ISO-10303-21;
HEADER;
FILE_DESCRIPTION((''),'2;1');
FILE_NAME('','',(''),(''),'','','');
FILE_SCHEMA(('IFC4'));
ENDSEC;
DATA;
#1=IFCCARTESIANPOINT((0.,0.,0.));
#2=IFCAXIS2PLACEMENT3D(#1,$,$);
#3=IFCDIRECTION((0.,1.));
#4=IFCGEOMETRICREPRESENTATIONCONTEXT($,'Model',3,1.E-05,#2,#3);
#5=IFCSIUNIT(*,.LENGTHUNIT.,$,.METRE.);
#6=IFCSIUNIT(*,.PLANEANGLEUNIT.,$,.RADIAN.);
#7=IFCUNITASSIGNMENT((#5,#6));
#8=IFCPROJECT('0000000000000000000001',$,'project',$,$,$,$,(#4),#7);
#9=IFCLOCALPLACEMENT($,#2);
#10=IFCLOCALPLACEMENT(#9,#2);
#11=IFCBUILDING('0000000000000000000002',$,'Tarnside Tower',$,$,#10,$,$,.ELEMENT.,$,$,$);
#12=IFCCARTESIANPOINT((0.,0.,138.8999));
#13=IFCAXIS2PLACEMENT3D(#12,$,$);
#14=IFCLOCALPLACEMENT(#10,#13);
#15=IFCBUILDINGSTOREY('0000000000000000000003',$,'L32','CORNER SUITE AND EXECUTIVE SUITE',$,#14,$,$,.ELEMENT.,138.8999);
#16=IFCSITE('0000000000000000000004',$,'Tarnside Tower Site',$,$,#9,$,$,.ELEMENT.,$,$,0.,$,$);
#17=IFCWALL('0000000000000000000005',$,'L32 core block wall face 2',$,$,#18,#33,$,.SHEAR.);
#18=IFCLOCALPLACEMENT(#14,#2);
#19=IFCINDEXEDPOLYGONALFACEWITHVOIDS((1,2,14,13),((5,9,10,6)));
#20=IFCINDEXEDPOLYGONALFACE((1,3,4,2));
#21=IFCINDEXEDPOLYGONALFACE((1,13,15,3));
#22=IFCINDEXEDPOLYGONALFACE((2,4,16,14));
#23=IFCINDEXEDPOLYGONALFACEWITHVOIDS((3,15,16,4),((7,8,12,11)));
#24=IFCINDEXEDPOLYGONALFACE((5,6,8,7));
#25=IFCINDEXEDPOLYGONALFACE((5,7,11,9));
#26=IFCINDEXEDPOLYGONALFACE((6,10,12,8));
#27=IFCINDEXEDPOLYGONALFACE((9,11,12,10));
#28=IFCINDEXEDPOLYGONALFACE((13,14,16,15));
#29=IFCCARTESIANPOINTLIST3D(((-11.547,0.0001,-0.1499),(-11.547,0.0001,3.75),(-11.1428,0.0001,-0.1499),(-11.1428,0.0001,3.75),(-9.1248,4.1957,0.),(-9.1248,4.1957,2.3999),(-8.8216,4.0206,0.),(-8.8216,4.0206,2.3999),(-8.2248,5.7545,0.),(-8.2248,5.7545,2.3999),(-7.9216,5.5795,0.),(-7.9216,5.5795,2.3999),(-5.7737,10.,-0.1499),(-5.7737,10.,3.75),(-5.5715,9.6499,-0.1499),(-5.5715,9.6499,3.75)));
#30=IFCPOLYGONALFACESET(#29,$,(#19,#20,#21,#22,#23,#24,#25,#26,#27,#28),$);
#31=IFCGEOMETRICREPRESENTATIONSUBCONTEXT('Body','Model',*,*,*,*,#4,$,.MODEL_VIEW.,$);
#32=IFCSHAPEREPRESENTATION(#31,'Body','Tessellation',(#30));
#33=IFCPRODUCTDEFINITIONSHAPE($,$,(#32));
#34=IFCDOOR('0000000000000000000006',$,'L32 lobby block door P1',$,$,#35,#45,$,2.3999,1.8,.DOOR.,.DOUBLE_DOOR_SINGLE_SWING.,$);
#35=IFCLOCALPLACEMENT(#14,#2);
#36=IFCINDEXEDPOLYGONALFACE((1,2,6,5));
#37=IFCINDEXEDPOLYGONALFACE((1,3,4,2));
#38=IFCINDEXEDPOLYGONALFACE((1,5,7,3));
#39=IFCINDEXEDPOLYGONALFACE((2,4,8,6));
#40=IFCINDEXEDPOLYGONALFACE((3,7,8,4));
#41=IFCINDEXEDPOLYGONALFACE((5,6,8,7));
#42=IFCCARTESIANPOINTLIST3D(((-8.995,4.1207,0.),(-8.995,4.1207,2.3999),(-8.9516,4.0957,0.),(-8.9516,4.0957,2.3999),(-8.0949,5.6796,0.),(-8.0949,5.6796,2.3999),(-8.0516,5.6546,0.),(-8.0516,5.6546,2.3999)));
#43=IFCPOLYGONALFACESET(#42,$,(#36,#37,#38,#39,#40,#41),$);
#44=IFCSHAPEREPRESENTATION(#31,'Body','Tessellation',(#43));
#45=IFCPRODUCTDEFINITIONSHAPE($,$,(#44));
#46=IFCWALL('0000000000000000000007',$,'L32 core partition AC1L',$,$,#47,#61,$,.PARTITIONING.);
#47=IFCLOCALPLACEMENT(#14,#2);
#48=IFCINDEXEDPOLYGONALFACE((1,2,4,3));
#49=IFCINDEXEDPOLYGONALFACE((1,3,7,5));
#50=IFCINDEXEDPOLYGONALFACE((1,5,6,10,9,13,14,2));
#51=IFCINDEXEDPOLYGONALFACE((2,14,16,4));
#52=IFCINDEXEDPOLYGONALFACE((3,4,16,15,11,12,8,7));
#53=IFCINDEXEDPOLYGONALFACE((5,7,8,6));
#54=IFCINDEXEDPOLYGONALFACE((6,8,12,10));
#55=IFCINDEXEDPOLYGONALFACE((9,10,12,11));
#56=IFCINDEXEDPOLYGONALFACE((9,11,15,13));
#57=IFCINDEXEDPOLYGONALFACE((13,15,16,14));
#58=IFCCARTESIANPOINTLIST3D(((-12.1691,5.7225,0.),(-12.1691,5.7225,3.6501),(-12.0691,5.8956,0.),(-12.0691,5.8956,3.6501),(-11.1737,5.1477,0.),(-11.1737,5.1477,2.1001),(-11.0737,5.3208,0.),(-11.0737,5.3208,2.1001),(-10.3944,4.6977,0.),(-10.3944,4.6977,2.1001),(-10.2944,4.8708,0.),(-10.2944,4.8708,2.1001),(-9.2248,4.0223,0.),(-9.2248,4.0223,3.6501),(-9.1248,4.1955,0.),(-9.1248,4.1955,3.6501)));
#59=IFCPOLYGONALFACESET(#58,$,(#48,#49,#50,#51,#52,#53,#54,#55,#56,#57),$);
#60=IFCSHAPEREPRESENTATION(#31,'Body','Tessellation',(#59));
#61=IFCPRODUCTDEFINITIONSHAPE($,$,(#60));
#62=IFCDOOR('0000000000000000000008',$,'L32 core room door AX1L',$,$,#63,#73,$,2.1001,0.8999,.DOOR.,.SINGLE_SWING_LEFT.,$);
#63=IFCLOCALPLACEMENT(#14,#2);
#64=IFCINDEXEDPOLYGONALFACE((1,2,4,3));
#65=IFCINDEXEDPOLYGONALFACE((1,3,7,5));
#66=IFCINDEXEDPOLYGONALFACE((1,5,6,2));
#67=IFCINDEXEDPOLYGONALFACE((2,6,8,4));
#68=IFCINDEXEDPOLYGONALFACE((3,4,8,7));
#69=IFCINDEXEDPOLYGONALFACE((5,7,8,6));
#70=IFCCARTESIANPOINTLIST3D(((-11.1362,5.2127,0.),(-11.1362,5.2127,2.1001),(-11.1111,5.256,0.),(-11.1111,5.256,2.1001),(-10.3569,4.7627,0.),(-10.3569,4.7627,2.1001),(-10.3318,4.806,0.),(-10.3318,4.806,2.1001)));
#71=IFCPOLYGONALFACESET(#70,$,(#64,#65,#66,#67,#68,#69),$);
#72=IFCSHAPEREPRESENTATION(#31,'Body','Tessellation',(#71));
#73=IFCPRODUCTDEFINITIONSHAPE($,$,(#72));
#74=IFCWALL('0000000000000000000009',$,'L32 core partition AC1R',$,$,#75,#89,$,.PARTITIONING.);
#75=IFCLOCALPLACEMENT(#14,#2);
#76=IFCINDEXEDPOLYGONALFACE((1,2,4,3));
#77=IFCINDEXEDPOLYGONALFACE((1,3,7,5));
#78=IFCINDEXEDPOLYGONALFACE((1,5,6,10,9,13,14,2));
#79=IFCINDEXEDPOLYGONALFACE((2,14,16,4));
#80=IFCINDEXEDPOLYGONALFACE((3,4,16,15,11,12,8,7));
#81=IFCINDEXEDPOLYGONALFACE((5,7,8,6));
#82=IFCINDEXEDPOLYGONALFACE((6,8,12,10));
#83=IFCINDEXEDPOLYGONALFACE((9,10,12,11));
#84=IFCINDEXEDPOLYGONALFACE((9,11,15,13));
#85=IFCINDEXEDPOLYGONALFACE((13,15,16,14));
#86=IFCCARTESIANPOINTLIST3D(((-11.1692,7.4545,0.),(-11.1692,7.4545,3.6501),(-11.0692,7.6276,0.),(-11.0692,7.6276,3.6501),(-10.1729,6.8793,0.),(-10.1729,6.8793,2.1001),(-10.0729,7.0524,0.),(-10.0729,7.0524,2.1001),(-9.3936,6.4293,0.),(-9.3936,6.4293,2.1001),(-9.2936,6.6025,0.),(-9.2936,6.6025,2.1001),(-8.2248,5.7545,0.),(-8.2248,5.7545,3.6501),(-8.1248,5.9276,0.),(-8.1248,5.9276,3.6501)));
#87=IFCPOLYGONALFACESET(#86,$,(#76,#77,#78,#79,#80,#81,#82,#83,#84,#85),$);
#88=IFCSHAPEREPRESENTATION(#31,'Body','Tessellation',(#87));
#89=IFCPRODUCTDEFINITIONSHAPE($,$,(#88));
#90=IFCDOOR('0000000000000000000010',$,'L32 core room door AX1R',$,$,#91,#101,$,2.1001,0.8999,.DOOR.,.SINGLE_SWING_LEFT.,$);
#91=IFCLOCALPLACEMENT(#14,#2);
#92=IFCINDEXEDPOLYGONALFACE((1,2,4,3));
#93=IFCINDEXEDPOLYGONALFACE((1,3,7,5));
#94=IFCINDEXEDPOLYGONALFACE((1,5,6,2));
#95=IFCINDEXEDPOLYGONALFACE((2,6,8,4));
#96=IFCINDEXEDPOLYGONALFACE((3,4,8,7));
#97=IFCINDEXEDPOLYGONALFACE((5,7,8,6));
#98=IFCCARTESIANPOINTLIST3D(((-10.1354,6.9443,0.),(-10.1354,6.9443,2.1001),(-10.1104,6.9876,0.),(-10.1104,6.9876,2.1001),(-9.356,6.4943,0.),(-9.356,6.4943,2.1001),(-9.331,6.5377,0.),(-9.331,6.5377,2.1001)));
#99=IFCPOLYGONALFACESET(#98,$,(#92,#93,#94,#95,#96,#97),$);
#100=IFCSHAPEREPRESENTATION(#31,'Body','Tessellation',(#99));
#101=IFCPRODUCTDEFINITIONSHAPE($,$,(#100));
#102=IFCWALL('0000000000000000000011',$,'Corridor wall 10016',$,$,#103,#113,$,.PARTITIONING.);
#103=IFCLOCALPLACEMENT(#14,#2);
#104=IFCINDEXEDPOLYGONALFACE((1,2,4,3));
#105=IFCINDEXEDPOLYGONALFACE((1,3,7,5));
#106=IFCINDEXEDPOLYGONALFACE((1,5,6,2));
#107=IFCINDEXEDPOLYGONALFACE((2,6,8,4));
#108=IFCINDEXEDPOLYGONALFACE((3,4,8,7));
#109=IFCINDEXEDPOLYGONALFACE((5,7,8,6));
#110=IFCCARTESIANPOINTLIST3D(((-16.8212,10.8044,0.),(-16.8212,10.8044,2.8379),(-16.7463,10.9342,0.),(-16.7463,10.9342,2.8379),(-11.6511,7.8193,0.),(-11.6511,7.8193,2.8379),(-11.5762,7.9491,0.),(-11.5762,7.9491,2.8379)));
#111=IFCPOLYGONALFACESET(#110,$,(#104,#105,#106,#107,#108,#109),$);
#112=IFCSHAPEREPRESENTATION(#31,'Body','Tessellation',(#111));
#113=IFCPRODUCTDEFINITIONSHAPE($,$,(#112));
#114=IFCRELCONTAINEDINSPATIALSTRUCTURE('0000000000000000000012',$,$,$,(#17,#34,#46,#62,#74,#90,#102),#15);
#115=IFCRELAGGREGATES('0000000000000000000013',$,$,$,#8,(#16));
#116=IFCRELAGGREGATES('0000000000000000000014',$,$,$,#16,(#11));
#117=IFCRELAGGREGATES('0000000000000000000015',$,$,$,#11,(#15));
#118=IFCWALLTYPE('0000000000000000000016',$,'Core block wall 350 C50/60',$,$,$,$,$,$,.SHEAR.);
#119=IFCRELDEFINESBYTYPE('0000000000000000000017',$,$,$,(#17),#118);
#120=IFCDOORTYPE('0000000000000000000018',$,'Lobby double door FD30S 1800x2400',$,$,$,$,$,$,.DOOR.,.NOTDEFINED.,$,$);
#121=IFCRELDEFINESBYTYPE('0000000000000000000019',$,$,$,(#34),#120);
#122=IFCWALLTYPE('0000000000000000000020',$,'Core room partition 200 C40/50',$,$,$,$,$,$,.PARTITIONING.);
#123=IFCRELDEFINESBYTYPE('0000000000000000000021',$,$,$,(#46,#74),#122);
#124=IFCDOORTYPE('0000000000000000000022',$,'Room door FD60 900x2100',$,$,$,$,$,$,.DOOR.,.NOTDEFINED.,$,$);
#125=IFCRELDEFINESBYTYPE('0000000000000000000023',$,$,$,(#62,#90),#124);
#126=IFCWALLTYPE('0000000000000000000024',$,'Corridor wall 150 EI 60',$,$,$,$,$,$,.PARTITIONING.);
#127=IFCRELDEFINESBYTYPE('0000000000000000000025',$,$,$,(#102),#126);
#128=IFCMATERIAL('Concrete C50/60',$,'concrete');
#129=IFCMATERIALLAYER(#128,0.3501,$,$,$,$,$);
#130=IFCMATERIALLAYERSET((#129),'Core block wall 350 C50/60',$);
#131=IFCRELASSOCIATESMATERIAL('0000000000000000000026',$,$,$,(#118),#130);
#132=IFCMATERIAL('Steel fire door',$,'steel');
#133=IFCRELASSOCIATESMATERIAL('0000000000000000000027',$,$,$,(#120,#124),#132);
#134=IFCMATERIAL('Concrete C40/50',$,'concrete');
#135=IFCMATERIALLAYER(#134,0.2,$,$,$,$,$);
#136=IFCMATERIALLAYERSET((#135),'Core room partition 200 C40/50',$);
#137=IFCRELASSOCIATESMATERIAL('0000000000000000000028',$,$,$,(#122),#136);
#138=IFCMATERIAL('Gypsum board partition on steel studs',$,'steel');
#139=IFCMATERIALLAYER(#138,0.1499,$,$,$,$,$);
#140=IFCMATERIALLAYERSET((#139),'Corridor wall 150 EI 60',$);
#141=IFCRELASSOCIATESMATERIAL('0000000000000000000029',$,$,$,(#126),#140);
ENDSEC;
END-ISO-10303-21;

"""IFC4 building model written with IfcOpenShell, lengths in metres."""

from ifc_helpers import new_model, si_unit, direction, frame, frame_2d, origin, place, context, subcontext, project, spatial, polyline, rectangle, outline, extrude, material, layer, layer_set, type_object, element, fill, save


model = new_model("IFC4")

# Units and contexts
model_context = context("Model", 3, precision=1e-05, world=origin(), true_north=direction((0.0, 1.0)))
body_context = subcontext(model_context, "Body", "Model", "MODEL_VIEW")
ifc_project = project(units=[si_unit("LENGTHUNIT", "METRE"), si_unit("PLANEANGLEUNIT", "RADIAN")], contexts=[model_context])

# Site, building, storey
site_placement = place(None, origin())
site = spatial("IfcSite", under=ifc_project, at=site_placement, Name="Tarnside Tower Site", CompositionType="ELEMENT", RefElevation=0.0)
building_placement = place(site_placement, origin())
building = spatial("IfcBuilding", under=site, at=building_placement, Name="Tarnside Tower", CompositionType="ELEMENT")
storey_placement = place(building_placement, frame((0.0, 0.0, 138.8999)))
storey = spatial("IfcBuildingStorey", under=building, at=storey_placement, Name="L32", Description="CORNER SUITE AND EXECUTIVE SUITE", CompositionType="ELEMENT", Elevation=138.8999)

# Walls, openings, doors
ifc_material_1 = material(Name="Concrete C50/60", Category="concrete")
ifc_layer_1 = layer(ifc_material_1, 0.3501)
ifc_layer_set_1 = layer_set([ifc_layer_1], Name="Core block wall 350 C50/60")
wall_type_1 = type_object("IfcWallType", Name="Core block wall 350 C50/60", PredefinedType="SHEAR", material=ifc_layer_set_1)
wall_1_placement = place(storey_placement, frame((-5.6726, 9.825, -0.1499), z_axis=(0.0, 0.0, 1.0), x_axis=(-0.499995, -0.866028, 0.0)))
wall_1 = element("IfcWall", 1, at=wall_1_placement, inside=storey, type_object=wall_type_1, Name="L32 core block wall face 2", PredefinedType="SHEAR", context=body_context, shape_type="SweptSolid", body=[
    extrude(outline(polyline([(-0.1011, -0.175), (11.4458, -0.175), (11.2437, 0.175), (0.1011, 0.175), (-0.1011, -0.175)])), origin(), (0.0, 0.0, 1.0), 3.8999),
])
opening_1_placement = place(wall_1_placement, frame((4.8013, 0.0, 0.1499)))
opening_1 = element("IfcOpeningElement", 2, at=opening_1_placement, cuts=wall_1, PredefinedType="OPENING", context=body_context, shape_type="SweptSolid", body=[
    extrude(rectangle(XDim=1.8, YDim=2.3999, at=frame_2d((0.8999, 1.2))), frame((0.0, 0.1851, 0.0), z_axis=(0.0, -1.0, 0.0), x_axis=(1.0, 0.0, 0.0)), (0.0, 0.0, 1.0), 0.3701),
])
ifc_material_2 = material(Name="Steel fire door", Category="steel")
door_type_1 = type_object("IfcDoorType", Name="Lobby double door FD30S 1800x2400", OperationType="NOTDEFINED", PredefinedType="DOOR", material=ifc_material_2)
door_1_placement = place(opening_1_placement, origin())
door_1 = element("IfcDoor", 3, at=door_1_placement, inside=storey, type_object=door_type_1, Name="L32 lobby block door P1", OperationType="DOUBLE_DOOR_SINGLE_SWING", OverallHeight=2.3999, OverallWidth=1.8, PredefinedType="DOOR", context=body_context, shape_type="SweptSolid", body=[
    extrude(rectangle(XDim=1.8, YDim=2.3999, at=frame_2d((0.8999, 1.2))), frame((0.0, 0.0249, 0.0), z_axis=(0.0, -1.0, 0.0), x_axis=(1.0, 0.0, 0.0)), (0.0, 0.0, 1.0), 0.05),
])
fill(opening_1, door_1)
ifc_material_3 = material(Name="Concrete C40/50", Category="concrete")
ifc_layer_2 = layer(ifc_material_3, 0.2)
ifc_layer_set_2 = layer_set([ifc_layer_2], Name="Core room partition 200 C40/50")
wall_type_2 = type_object("IfcWallType", Name="Core room partition 200 C40/50", PredefinedType="PARTITIONING", material=ifc_layer_set_2)
wall_2_placement = place(storey_placement, frame((-9.1748, 4.1089, 0.0), z_axis=(0.0, 0.0, 1.0), x_axis=(-0.865989, 0.500062, 0.0)))
wall_2 = element("IfcWall", 4, at=wall_2_placement, inside=storey, type_object=wall_type_2, Name="L32 core partition AC1L", PredefinedType="PARTITIONING", context=body_context, shape_type="SweptSolid", body=[
    extrude(rectangle(XDim=3.3999, YDim=0.2, at=frame_2d((1.7, 0.0))), origin(), (0.0, 0.0, 1.0), 3.6501),
])
opening_2_placement = place(wall_2_placement, frame((1.3506, 0.0, 0.0)))
opening_2 = element("IfcOpeningElement", 5, at=opening_2_placement, cuts=wall_2, PredefinedType="OPENING", context=body_context, shape_type="SweptSolid", body=[
    extrude(rectangle(XDim=0.8999, YDim=2.1001, at=frame_2d((0.45, 1.05))), frame((0.0, 0.1099, 0.0), z_axis=(0.0, -1.0, 0.0), x_axis=(1.0, 0.0, 0.0)), (0.0, 0.0, 1.0), 0.22),
])
door_type_2 = type_object("IfcDoorType", Name="Room door FD60 900x2100", OperationType="NOTDEFINED", PredefinedType="DOOR", material=ifc_material_2)
door_2_placement = place(opening_2_placement, origin())
door_2 = element("IfcDoor", 6, at=door_2_placement, inside=storey, type_object=door_type_2, Name="L32 core room door AX1L", OperationType="SINGLE_SWING_LEFT", OverallHeight=2.1001, OverallWidth=0.8999, PredefinedType="DOOR", context=body_context, shape_type="SweptSolid", body=[
    extrude(rectangle(XDim=0.8999, YDim=2.1001, at=frame_2d((0.45, 1.05))), frame((0.0, 0.0249, 0.0), z_axis=(0.0, -1.0, 0.0), x_axis=(1.0, 0.0, 0.0)), (0.0, 0.0, 1.0), 0.05),
])
fill(opening_2, door_2)
wall_3_placement = place(storey_placement, frame((-8.1748, 5.8411, 0.0), z_axis=(0.0, 0.0, 1.0), x_axis=(-0.866021, 0.500008, 0.0)))
wall_3 = element("IfcWall", 7, at=wall_3_placement, inside=storey, type_object=wall_type_2, Name="L32 core partition AC1R", PredefinedType="PARTITIONING", context=body_context, shape_type="SweptSolid", body=[
    extrude(rectangle(XDim=3.3999, YDim=0.2, at=frame_2d((1.7, 0.0))), origin(), (0.0, 0.0, 1.0), 3.6501),
])
opening_3_placement = place(wall_3_placement, frame((1.3496, 0.0, 0.0)))
opening_3 = element("IfcOpeningElement", 8, at=opening_3_placement, cuts=wall_3, PredefinedType="OPENING", context=body_context, shape_type="SweptSolid", body=[
    extrude(rectangle(XDim=0.8999, YDim=2.1001, at=frame_2d((0.45, 1.05))), frame((0.0, 0.1099, 0.0), z_axis=(0.0, -1.0, 0.0), x_axis=(1.0, 0.0, 0.0)), (0.0, 0.0, 1.0), 0.22),
])
door_3_placement = place(opening_3_placement, origin())
door_3 = element("IfcDoor", 9, at=door_3_placement, inside=storey, type_object=door_type_2, Name="L32 core room door AX1R", OperationType="SINGLE_SWING_LEFT", OverallHeight=2.1001, OverallWidth=0.8999, PredefinedType="DOOR", context=body_context, shape_type="SweptSolid", body=[
    extrude(rectangle(XDim=0.8999, YDim=2.1001, at=frame_2d((0.45, 1.05))), frame((0.0, 0.0249, 0.0), z_axis=(0.0, -1.0, 0.0), x_axis=(1.0, 0.0, 0.0)), (0.0, 0.0, 1.0), 0.05),
])
fill(opening_3, door_3)

# Wall
ifc_material_4 = material(Name="Gypsum board partition on steel studs", Category="steel")
ifc_layer_3 = layer(ifc_material_4, 0.1499)
ifc_layer_set_3 = layer_set([ifc_layer_3], Name="Corridor wall 150 EI 60")
wall_type_3 = type_object("IfcWallType", Name="Corridor wall 150 EI 60", PredefinedType="PARTITIONING", material=ifc_layer_set_3)
wall_4_placement = place(storey_placement, frame((-11.6138, 7.8843, 0.0), z_axis=(0.0, 0.0, 1.0), x_axis=(-0.866017, 0.500014, 0.0)))
element("IfcWall", 10, at=wall_4_placement, inside=storey, type_object=wall_type_3, Name="Corridor wall 10016", PredefinedType="PARTITIONING", context=body_context, shape_type="SweptSolid", body=[
    extrude(rectangle(XDim=5.97, YDim=0.1499, at=frame_2d((2.9849, 0.0))), origin(), (0.0, 0.0, 1.0), 2.8379),
])

save(model, "model.ifc")
